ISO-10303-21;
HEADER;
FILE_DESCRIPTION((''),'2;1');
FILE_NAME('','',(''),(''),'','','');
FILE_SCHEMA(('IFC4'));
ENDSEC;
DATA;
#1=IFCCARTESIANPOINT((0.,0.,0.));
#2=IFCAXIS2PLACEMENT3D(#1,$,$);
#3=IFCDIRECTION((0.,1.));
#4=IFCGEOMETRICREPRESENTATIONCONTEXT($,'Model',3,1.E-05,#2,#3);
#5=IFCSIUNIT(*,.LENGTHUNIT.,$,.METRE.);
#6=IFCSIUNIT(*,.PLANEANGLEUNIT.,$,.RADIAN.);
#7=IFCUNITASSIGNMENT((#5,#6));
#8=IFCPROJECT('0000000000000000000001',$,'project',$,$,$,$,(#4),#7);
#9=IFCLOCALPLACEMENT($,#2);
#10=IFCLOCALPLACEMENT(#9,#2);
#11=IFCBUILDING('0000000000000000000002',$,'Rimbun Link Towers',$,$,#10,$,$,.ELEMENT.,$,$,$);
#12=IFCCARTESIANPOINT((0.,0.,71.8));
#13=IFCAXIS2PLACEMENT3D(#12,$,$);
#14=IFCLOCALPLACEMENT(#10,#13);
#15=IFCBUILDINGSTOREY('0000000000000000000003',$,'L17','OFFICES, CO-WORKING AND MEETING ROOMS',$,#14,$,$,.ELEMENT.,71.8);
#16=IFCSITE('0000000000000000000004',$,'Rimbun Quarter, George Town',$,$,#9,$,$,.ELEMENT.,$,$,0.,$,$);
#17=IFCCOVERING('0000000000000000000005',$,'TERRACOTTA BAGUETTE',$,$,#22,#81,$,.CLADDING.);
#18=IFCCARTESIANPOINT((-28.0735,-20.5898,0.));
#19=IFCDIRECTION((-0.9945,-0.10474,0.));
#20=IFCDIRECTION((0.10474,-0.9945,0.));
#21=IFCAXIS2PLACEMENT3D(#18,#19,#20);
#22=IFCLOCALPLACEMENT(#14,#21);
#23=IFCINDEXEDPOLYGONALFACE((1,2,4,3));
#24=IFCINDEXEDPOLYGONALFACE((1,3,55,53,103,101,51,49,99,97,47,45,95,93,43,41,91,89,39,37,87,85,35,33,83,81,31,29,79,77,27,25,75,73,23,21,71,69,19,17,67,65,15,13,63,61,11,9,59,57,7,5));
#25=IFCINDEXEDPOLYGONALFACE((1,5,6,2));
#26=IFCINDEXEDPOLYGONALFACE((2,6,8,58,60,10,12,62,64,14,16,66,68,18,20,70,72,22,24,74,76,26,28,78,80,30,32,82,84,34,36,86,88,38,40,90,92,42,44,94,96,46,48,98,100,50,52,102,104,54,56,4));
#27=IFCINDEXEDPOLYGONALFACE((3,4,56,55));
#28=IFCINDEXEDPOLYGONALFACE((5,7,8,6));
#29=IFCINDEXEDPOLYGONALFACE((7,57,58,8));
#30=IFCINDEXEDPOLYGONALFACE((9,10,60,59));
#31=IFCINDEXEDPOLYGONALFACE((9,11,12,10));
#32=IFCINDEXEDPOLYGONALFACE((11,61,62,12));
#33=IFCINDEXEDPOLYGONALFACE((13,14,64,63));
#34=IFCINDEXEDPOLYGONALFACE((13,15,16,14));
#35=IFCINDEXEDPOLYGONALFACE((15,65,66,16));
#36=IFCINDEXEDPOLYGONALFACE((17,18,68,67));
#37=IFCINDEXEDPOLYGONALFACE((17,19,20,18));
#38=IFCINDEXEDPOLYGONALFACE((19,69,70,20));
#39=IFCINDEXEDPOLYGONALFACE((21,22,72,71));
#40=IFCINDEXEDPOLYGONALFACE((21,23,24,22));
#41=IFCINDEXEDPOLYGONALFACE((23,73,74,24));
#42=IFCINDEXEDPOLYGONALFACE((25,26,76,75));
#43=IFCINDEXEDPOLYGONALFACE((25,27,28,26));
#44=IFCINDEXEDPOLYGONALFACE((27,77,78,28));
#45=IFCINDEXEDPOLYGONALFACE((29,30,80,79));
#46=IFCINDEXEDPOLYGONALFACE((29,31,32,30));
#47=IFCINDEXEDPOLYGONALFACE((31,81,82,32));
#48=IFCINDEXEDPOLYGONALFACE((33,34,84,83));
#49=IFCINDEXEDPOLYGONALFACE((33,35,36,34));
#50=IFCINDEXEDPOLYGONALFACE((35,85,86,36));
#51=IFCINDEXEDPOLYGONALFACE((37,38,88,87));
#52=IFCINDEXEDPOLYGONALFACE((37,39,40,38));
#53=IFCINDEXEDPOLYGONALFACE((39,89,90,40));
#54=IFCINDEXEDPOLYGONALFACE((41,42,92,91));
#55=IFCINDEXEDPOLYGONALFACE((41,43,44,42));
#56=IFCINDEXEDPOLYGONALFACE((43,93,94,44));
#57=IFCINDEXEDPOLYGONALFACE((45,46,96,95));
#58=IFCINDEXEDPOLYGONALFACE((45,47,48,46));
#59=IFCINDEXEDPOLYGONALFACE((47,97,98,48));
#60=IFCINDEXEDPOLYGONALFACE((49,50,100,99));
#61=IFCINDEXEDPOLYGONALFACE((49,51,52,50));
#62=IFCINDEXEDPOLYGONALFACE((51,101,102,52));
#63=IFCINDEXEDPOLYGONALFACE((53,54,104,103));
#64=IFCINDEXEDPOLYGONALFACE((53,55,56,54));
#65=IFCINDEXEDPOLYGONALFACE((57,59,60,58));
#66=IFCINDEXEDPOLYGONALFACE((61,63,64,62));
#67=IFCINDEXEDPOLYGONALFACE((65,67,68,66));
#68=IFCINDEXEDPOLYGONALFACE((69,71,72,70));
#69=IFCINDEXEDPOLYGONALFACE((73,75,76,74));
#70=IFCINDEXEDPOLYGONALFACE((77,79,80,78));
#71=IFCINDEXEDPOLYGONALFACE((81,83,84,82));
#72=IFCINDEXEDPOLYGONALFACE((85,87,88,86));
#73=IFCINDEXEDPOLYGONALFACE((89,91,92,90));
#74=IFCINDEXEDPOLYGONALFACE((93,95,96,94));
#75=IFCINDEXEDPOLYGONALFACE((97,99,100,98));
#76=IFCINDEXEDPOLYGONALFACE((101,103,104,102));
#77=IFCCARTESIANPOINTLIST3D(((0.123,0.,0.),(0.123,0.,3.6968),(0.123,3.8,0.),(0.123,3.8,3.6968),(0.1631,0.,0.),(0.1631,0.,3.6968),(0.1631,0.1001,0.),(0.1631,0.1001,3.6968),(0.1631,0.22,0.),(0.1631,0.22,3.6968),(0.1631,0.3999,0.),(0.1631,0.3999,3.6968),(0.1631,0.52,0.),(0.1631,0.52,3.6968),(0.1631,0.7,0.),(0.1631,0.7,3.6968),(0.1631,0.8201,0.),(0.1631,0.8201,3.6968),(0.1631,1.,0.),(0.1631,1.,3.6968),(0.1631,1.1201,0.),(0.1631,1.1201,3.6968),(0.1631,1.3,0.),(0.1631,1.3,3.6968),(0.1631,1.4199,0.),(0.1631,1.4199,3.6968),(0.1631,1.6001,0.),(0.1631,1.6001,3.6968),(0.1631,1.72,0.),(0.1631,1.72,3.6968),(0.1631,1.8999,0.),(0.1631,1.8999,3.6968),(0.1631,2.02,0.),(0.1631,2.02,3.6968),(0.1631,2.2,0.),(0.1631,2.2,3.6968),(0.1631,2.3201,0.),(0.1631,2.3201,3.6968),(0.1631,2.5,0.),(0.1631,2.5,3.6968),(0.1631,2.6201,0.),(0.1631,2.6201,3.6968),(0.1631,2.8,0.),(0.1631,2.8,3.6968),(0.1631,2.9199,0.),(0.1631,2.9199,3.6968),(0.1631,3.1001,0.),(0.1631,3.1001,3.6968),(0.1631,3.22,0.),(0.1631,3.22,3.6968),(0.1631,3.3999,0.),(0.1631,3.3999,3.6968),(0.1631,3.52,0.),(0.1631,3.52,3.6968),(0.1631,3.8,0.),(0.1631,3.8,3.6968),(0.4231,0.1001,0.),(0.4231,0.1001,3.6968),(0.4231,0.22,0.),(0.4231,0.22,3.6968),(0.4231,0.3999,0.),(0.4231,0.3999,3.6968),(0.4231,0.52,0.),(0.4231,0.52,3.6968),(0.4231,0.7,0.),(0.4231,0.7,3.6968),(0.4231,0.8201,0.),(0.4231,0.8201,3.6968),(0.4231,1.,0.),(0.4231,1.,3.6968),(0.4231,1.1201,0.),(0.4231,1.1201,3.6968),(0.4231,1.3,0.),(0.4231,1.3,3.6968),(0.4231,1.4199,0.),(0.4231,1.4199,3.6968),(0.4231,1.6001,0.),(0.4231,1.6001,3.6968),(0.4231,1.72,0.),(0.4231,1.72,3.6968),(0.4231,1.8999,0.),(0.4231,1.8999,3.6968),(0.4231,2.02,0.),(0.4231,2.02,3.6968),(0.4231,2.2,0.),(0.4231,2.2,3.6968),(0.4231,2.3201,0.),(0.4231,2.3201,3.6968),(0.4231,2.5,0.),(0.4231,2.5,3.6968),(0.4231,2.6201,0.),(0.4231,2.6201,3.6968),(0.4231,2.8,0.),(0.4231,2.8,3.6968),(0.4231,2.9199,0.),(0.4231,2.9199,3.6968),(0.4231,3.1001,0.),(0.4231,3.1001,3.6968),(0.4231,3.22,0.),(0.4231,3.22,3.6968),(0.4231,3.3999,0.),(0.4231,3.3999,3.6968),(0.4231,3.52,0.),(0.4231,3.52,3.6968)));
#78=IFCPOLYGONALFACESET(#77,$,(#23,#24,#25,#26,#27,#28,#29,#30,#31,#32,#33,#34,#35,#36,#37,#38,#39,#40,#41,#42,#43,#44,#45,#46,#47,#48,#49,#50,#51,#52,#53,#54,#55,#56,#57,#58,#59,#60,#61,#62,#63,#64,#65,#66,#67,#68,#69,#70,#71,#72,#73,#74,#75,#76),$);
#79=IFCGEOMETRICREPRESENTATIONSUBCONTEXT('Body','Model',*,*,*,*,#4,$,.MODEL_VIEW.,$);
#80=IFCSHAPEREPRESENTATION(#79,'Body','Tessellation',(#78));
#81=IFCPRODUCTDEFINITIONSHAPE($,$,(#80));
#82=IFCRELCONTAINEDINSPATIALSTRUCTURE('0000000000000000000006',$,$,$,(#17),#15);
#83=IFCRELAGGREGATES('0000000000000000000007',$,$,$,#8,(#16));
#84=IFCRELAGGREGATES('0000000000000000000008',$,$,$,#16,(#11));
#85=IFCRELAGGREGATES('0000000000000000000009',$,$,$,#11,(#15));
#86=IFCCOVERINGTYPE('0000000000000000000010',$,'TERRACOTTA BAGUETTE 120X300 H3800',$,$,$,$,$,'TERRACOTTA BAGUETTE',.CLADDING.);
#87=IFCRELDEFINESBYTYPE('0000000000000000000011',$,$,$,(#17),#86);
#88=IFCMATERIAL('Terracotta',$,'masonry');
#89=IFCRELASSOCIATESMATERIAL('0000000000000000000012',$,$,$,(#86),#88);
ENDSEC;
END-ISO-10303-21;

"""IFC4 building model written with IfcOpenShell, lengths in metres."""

from ifc_helpers import new_model, si_unit, direction, frame, origin, place, context, subcontext, project, spatial, polyline, outline, extrude, material, material_profile, profile_set, type_object, element, save


model = new_model("IFC4")

# Units and contexts
model_context = context("Model", 3, precision=1e-05, world=origin(), true_north=direction((0.0, 1.0)))
body_context = subcontext(model_context, "Body", "Model", "MODEL_VIEW")
ifc_project = project(units=[si_unit("LENGTHUNIT", "METRE"), si_unit("PLANEANGLEUNIT", "RADIAN")], contexts=[model_context])

# Site, building, storey
site_placement = place(None, origin())
site = spatial("IfcSite", under=ifc_project, at=site_placement, Name="Rimbun Quarter, George Town", CompositionType="ELEMENT", RefElevation=0.0)
building_placement = place(site_placement, origin())
building = spatial("IfcBuilding", under=site, at=building_placement, Name="Rimbun Link Towers", CompositionType="ELEMENT")
storey_placement = place(building_placement, frame((0.0, 0.0, 71.8)))
storey = spatial("IfcBuildingStorey", under=building, at=storey_placement, Name="L17", Description="OFFICES, CO-WORKING AND MEETING ROOMS", CompositionType="ELEMENT", Elevation=71.8)

# Covering
ifc_material_1 = material(Name="Terracotta", Category="masonry")
ifc_material_profile_1 = material_profile(ifc_material_1, outline(polyline([(0.123, 0.0), (0.1631, 0.0), (0.1631, 0.1001), (0.4231, 0.1001), (0.4231, 0.22), (0.1631, 0.22), (0.1631, 0.3999), (0.4231, 0.3999), (0.4231, 0.52), (0.1631, 0.52), (0.1631, 0.7), (0.4231, 0.7), (0.4231, 0.8201), (0.1631, 0.8201), (0.1631, 1.0), (0.4231, 1.0), (0.4231, 1.1201), (0.1631, 1.1201), (0.1631, 1.3), (0.4231, 1.3), (0.4231, 1.4199), (0.1631, 1.4199), (0.1631, 1.6001), (0.4231, 1.6001), (0.4231, 1.72), (0.1631, 1.72), (0.1631, 1.8999), (0.4231, 1.8999), (0.4231, 2.02), (0.1631, 2.02), (0.1631, 2.2), (0.4231, 2.2), (0.4231, 2.3201), (0.1631, 2.3201), (0.1631, 2.5), (0.4231, 2.5), (0.4231, 2.6201), (0.1631, 2.6201), (0.1631, 2.8), (0.4231, 2.8), (0.4231, 2.9199), (0.1631, 2.9199), (0.1631, 3.1001), (0.4231, 3.1001), (0.4231, 3.22), (0.1631, 3.22), (0.1631, 3.3999), (0.4231, 3.3999), (0.4231, 3.52), (0.1631, 3.52), (0.1631, 3.8), (0.123, 3.8), (0.123, 0.0)])), Name="BAGUETTE 120X300")
ifc_profile_set_1 = profile_set([ifc_material_profile_1], Name="Terracotta")
covering_type = type_object("IfcCoveringType", Name="TERRACOTTA BAGUETTE 120X300 H3800", ElementType="TERRACOTTA BAGUETTE", PredefinedType="CLADDING", material=ifc_profile_set_1)
for number, where, z_axis, x_axis, name in (
    (1, (-28.0735, -20.5898, 0.0), (-0.9945, -0.10474, 0.0), (0.10474, -0.9945, 0.0), "TERRACOTTA BAGUETTE"),
):
    element("IfcCovering", number, at=place(storey_placement, frame(where, z_axis=z_axis, x_axis=x_axis)), inside=storey, type_object=covering_type, Name=name, PredefinedType="CLADDING", context=body_context, shape_type="SweptSolid", body=[
        extrude(outline(polyline([(0.123, 0.0), (0.1631, 0.0), (0.1631, 0.1001), (0.4231, 0.1001), (0.4231, 0.22), (0.1631, 0.22), (0.1631, 0.3999), (0.4231, 0.3999), (0.4231, 0.52), (0.1631, 0.52), (0.1631, 0.7), (0.4231, 0.7), (0.4231, 0.8201), (0.1631, 0.8201), (0.1631, 1.0), (0.4231, 1.0), (0.4231, 1.1201), (0.1631, 1.1201), (0.1631, 1.3), (0.4231, 1.3), (0.4231, 1.4199), (0.1631, 1.4199), (0.1631, 1.6001), (0.4231, 1.6001), (0.4231, 1.72), (0.1631, 1.72), (0.1631, 1.8999), (0.4231, 1.8999), (0.4231, 2.02), (0.1631, 2.02), (0.1631, 2.2), (0.4231, 2.2), (0.4231, 2.3201), (0.1631, 2.3201), (0.1631, 2.5), (0.4231, 2.5), (0.4231, 2.6201), (0.1631, 2.6201), (0.1631, 2.8), (0.4231, 2.8), (0.4231, 2.9199), (0.1631, 2.9199), (0.1631, 3.1001), (0.4231, 3.1001), (0.4231, 3.22), (0.1631, 3.22), (0.1631, 3.3999), (0.4231, 3.3999), (0.4231, 3.52), (0.1631, 3.52), (0.1631, 3.8), (0.123, 3.8), (0.123, 0.0)])), origin(), (0.0, 0.0, 1.0), 3.6968),
    ])

save(model, "model.ifc")
